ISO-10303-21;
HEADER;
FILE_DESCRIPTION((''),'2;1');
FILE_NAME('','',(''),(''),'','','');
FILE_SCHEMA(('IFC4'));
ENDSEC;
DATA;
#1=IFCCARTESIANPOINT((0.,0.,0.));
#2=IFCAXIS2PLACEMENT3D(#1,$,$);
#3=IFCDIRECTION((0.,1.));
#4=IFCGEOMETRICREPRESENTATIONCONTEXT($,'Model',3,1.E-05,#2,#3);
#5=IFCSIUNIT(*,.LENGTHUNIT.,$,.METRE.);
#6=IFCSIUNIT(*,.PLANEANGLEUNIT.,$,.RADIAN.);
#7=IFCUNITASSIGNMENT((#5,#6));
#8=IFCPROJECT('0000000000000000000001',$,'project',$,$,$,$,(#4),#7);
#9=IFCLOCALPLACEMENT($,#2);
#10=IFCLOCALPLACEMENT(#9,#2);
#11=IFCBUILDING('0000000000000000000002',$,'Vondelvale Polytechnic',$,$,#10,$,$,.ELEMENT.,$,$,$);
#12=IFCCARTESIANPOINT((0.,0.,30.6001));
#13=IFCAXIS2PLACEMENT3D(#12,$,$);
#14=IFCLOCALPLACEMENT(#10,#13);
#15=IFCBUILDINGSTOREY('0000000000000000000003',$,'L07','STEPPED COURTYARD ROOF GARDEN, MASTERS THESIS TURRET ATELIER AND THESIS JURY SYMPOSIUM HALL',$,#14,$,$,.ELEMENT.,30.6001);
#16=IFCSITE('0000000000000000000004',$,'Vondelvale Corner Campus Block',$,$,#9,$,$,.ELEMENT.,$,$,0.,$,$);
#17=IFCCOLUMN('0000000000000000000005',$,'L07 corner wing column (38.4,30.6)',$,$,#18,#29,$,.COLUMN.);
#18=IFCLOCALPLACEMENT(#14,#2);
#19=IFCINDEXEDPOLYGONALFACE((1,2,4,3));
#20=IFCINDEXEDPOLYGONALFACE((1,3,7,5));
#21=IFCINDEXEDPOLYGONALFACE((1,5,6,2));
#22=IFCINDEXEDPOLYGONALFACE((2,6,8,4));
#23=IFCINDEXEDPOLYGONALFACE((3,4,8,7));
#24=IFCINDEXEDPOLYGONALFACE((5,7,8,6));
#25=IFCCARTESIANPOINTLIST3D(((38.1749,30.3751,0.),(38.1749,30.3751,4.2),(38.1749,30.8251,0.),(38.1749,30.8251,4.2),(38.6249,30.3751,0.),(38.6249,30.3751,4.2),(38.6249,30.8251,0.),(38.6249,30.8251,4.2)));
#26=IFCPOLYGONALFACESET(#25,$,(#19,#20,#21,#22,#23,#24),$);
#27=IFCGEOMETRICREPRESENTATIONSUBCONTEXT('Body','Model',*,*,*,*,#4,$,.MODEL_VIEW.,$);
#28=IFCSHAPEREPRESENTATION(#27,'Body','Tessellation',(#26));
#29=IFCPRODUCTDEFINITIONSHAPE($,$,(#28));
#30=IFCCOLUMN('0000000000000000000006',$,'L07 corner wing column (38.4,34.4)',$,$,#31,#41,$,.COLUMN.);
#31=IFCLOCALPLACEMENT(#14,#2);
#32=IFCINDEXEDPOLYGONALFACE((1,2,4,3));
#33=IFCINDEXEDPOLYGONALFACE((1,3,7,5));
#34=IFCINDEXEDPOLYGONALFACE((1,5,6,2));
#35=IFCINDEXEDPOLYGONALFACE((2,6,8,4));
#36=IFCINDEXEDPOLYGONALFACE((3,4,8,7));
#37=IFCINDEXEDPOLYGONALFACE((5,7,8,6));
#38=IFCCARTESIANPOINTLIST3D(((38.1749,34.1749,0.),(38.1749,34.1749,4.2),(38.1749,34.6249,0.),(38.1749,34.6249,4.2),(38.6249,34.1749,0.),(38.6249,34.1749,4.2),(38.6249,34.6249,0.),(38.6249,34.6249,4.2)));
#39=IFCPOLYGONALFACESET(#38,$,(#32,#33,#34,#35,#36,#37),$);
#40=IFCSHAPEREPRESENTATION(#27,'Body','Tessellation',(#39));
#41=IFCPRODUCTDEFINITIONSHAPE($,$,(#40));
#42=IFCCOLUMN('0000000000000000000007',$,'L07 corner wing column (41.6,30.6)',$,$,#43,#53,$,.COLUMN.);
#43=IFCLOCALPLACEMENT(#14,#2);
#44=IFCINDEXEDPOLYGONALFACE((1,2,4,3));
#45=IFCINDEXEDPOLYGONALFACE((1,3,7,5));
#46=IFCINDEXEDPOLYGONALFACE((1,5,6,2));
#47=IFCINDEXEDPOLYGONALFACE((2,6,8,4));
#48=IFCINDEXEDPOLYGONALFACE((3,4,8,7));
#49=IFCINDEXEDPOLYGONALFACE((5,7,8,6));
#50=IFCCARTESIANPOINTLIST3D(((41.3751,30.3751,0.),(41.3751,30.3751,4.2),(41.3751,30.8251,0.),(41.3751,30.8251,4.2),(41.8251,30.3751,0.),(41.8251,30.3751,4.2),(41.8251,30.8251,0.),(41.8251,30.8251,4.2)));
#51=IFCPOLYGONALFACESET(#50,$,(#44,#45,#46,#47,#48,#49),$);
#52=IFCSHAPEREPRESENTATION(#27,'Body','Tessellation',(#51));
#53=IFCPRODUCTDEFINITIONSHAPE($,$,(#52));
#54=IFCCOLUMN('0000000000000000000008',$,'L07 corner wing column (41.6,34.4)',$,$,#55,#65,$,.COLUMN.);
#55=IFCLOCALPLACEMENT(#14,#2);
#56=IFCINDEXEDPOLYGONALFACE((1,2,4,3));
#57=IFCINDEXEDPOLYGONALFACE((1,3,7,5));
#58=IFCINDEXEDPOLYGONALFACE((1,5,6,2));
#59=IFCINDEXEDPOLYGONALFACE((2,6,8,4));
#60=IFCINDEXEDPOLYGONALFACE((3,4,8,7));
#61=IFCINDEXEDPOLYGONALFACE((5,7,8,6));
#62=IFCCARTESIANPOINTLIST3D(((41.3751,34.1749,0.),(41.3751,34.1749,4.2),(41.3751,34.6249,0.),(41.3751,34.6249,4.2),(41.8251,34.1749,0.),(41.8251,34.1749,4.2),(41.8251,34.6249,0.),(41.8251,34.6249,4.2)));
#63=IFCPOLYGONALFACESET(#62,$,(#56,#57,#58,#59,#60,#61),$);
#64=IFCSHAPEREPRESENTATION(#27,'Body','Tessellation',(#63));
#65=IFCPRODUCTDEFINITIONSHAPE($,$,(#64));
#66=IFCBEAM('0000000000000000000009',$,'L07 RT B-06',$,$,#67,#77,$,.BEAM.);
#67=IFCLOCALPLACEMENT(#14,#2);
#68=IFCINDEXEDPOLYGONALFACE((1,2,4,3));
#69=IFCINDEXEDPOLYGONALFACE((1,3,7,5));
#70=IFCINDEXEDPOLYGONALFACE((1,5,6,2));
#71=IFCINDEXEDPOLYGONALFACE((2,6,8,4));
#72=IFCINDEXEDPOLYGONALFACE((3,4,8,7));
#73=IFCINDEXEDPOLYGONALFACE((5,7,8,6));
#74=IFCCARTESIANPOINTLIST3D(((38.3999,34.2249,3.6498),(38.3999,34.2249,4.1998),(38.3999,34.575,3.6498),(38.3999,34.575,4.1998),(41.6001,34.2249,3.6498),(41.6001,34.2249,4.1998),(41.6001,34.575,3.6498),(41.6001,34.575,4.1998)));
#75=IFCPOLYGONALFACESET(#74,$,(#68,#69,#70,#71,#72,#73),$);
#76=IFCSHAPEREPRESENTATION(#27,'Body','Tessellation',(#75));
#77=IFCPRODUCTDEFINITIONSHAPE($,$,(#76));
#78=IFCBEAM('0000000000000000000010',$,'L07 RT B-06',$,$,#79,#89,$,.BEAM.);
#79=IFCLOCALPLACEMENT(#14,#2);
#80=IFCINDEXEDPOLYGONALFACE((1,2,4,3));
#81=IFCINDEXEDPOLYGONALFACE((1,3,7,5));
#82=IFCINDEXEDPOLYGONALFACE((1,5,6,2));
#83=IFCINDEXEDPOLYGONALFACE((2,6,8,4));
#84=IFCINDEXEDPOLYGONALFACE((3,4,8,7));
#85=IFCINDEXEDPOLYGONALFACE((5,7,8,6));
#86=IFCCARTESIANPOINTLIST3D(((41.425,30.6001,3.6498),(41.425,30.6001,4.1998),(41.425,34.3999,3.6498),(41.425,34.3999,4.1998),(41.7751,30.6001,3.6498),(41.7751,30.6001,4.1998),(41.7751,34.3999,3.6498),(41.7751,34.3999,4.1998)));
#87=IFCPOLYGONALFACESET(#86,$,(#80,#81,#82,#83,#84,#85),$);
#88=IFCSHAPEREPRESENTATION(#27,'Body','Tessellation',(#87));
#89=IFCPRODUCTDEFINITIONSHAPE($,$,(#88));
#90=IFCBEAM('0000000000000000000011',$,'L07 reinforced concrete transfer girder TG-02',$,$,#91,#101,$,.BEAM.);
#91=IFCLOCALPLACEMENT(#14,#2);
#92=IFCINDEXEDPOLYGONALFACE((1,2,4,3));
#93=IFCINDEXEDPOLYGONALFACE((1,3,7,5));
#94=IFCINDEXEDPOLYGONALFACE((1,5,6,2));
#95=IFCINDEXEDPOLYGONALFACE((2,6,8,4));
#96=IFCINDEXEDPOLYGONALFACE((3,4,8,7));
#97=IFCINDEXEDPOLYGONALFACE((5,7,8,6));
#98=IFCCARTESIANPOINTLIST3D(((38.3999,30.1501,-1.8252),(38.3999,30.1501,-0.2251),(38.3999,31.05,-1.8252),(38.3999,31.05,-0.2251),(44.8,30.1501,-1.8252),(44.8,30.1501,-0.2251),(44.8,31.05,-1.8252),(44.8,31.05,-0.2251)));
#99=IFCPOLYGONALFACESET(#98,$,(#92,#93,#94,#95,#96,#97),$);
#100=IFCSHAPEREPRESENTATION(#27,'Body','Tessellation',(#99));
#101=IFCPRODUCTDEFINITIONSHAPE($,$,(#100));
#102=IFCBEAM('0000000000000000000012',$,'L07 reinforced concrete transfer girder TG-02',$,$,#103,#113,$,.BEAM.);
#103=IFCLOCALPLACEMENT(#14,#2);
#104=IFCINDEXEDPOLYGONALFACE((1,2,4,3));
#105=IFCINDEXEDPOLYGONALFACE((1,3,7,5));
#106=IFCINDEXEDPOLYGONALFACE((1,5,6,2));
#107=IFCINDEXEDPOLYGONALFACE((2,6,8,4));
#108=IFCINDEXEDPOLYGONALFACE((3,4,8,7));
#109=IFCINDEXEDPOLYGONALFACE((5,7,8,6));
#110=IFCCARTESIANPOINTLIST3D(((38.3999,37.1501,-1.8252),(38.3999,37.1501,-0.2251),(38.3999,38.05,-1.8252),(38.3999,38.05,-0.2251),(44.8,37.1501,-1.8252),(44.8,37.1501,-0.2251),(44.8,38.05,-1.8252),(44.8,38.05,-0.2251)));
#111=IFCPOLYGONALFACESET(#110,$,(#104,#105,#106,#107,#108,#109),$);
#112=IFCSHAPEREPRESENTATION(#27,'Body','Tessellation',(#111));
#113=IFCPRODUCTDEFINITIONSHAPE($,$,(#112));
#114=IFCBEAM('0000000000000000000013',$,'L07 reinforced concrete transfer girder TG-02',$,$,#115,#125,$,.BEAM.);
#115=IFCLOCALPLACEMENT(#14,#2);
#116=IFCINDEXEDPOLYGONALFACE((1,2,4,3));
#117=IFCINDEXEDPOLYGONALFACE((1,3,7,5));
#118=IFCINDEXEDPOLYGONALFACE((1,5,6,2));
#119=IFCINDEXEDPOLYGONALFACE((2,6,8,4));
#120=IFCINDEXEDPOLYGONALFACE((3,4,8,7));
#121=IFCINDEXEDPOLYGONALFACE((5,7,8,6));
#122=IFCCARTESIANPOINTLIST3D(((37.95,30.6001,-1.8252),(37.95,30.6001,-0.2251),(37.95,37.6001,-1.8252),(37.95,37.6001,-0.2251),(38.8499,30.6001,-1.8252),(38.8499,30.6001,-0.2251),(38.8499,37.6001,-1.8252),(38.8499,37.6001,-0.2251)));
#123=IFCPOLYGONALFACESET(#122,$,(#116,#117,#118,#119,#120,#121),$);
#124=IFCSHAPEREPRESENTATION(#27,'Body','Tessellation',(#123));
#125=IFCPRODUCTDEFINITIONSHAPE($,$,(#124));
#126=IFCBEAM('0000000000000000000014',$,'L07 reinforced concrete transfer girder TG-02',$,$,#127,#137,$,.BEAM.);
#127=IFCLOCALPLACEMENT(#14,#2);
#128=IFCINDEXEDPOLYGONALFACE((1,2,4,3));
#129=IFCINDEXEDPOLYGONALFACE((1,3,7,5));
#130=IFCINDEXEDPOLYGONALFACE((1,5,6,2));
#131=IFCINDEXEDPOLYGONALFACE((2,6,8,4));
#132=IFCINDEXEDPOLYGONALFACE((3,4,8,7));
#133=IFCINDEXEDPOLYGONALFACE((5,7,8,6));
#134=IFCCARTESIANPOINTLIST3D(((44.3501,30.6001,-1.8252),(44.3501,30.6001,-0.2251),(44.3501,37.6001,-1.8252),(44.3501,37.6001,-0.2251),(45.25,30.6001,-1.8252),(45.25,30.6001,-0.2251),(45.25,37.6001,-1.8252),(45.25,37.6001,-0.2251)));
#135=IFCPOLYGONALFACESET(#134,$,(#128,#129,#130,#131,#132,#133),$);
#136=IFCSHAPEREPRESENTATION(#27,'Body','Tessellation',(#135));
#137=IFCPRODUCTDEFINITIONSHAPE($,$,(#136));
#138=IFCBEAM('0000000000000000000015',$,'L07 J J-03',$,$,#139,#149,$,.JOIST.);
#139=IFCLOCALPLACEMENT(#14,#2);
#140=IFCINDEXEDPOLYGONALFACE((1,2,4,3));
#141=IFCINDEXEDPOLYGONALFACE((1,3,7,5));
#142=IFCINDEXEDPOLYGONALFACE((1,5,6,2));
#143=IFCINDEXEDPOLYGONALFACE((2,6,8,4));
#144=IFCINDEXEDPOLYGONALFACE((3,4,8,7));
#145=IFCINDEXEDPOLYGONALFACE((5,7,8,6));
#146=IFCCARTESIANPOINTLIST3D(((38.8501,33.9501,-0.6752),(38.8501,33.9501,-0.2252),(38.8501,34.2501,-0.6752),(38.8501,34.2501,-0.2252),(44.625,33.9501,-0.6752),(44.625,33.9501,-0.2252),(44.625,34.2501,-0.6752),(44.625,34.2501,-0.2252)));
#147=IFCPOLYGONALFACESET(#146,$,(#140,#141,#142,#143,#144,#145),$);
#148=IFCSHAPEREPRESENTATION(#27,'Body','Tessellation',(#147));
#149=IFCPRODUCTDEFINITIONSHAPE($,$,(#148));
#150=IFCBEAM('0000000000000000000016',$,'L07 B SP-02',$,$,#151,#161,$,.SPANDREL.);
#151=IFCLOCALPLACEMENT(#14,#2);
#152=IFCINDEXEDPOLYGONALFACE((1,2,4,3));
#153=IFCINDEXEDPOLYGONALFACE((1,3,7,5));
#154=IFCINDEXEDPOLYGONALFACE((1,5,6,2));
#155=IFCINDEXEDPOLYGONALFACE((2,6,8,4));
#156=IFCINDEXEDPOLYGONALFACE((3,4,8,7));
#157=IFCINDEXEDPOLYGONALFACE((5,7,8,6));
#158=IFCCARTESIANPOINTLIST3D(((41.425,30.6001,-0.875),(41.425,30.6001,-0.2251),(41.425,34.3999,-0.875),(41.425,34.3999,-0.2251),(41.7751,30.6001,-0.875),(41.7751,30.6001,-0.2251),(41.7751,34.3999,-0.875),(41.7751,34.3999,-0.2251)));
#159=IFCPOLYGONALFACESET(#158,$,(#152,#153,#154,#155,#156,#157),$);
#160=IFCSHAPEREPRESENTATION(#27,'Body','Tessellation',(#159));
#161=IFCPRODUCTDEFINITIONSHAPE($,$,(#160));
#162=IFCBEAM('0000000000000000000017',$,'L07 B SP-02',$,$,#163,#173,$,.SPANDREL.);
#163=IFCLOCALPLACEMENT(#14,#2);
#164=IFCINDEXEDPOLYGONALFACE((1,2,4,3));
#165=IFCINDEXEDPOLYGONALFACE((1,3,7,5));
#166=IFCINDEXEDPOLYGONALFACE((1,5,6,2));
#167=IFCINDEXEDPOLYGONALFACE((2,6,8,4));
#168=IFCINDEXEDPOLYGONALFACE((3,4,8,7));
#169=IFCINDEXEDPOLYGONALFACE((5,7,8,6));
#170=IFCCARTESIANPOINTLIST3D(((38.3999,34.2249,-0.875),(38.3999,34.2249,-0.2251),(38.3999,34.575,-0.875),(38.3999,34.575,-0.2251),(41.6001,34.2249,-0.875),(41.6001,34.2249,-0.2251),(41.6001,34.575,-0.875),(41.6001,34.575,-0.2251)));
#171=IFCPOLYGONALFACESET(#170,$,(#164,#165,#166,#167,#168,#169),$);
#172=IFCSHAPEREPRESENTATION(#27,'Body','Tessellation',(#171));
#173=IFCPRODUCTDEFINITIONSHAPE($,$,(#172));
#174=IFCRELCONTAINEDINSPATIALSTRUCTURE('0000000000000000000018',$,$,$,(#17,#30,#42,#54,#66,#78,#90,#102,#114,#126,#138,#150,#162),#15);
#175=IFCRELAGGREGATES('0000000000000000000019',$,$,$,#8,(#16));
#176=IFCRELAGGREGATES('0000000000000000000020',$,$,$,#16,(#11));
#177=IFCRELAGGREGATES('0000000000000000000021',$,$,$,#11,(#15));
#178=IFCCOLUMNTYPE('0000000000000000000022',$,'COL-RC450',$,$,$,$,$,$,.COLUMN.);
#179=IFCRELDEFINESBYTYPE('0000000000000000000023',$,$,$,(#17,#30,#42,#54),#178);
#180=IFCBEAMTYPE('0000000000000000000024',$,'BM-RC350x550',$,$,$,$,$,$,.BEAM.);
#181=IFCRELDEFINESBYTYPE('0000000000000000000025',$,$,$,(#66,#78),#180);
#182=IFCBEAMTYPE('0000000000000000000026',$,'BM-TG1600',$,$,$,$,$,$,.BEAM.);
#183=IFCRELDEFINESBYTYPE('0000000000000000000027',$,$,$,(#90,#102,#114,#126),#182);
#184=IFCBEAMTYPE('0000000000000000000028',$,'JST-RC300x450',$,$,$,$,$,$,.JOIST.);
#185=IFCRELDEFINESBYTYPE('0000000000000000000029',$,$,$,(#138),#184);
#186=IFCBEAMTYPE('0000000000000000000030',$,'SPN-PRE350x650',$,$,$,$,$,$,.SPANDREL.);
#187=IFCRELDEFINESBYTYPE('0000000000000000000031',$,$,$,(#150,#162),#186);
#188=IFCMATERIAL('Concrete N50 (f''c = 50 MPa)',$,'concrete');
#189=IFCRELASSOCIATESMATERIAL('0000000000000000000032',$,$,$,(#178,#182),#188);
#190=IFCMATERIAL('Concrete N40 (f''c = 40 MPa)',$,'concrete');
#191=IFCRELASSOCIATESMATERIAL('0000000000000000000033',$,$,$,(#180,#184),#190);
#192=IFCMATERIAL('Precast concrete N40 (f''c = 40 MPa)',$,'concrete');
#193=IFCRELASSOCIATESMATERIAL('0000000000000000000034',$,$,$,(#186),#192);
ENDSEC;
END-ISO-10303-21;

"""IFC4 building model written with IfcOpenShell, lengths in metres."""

from ifc_helpers import new_model, si_unit, direction, frame, origin, origin_2d, place, context, subcontext, project, spatial, rectangle, extrude, material, material_profile, profile_set, type_object, element, save


model = new_model("IFC4")

# Units and contexts
model_context = context("Model", 3, precision=1e-05, world=origin(), true_north=direction((0.0, 1.0)))
body_context = subcontext(model_context, "Body", "Model", "MODEL_VIEW")
ifc_project = project(units=[si_unit("LENGTHUNIT", "METRE"), si_unit("PLANEANGLEUNIT", "RADIAN")], contexts=[model_context])

# Site, building, storey
site_placement = place(None, origin())
site = spatial("IfcSite", under=ifc_project, at=site_placement, Name="Vondelvale Corner Campus Block", CompositionType="ELEMENT", RefElevation=0.0)
building_placement = place(site_placement, origin())
building = spatial("IfcBuilding", under=site, at=building_placement, Name="Vondelvale Polytechnic", CompositionType="ELEMENT")
storey_placement = place(building_placement, frame((0.0, 0.0, 30.6001)))
storey = spatial("IfcBuildingStorey", under=building, at=storey_placement, Name="L07", Description="STEPPED COURTYARD ROOF GARDEN, MASTERS THESIS TURRET ATELIER AND THESIS JURY SYMPOSIUM HALL", CompositionType="ELEMENT", Elevation=30.6001)

# Columns
ifc_material_1 = material(Name="Concrete N50 (f'c = 50 MPa)", Category="concrete")
ifc_material_profile_1 = material_profile(ifc_material_1, rectangle(XDim=0.45, YDim=0.45, at=origin_2d()), Name="RC-COL-450x450")
ifc_profile_set_1 = profile_set([ifc_material_profile_1], Name="Concrete N50 (f'c = 50 MPa)")
column_type = type_object("IfcColumnType", Name="COL-RC450", PredefinedType="COLUMN", material=ifc_profile_set_1)
for number, where, z_axis, x_axis, name in (
    (1, (38.3999, 30.6001, 0.0), (0.0, 0.0, 1.0), (1.0, 0.0, 0.0), "L07 corner wing column (38.4,30.6)"),
    (2, (38.3999, 34.3999, 0.0), (0.0, 0.0, 1.0), (1.0, 0.0, 0.0), "L07 corner wing column (38.4,34.4)"),
    (3, (41.6001, 30.6001, 0.0), (0.0, 0.0, 1.0), (1.0, 0.0, 0.0), "L07 corner wing column (41.6,30.6)"),
    (4, (41.6001, 34.3999, 0.0), (0.0, 0.0, 1.0), (1.0, 0.0, 0.0), "L07 corner wing column (41.6,34.4)"),
):
    element("IfcColumn", number, at=place(storey_placement, frame(where, z_axis=z_axis, x_axis=x_axis)), inside=storey, type_object=column_type, Name=name, PredefinedType="COLUMN", context=body_context, shape_type="SweptSolid", body=[
        extrude(rectangle(XDim=0.45, YDim=0.45, at=origin_2d()), origin(), (0.0, 0.0, 1.0), 4.2),
    ])

# Beams
ifc_material_2 = material(Name="Concrete N40 (f'c = 40 MPa)", Category="concrete")
ifc_material_profile_2 = material_profile(ifc_material_2, rectangle(XDim=0.3501, YDim=0.55, at=origin_2d()), Name="RC-BM-350x550")
ifc_profile_set_2 = profile_set([ifc_material_profile_2], Name="Concrete N40 (f'c = 40 MPa)")
beam_type_1 = type_object("IfcBeamType", Name="BM-RC350x550", PredefinedType="BEAM", material=ifc_profile_set_2)
beam_1_placement = place(storey_placement, frame((38.3999, 34.3999, 3.9248), z_axis=(1.0, 0.0, 0.0), x_axis=(0.0, 1.0, 0.0)))
element("IfcBeam", 5, at=beam_1_placement, inside=storey, type_object=beam_type_1, Name="L07 RT B-06", PredefinedType="BEAM", context=body_context, shape_type="SweptSolid", body=[
    extrude(rectangle(XDim=0.3501, YDim=0.55, at=origin_2d()), origin(), (0.0, 0.0, 1.0), 3.2002),
])
beam_2_placement = place(storey_placement, frame((41.6001, 30.6001, 3.9248), z_axis=(0.0, 1.0, 0.0), x_axis=(-1.0, 0.0, 0.0)))
element("IfcBeam", 6, at=beam_2_placement, inside=storey, type_object=beam_type_1, Name="L07 RT B-06", PredefinedType="BEAM", context=body_context, shape_type="SweptSolid", body=[
    extrude(rectangle(XDim=0.3501, YDim=0.55, at=origin_2d()), origin(), (0.0, 0.0, 1.0), 3.7998),
])
ifc_material_profile_3 = material_profile(ifc_material_1, rectangle(XDim=0.8999, YDim=1.6001, at=origin_2d()), Name="RC-TG-900x1600")
ifc_profile_set_3 = profile_set([ifc_material_profile_3], Name="Concrete N50 (f'c = 50 MPa)")
beam_type_2 = type_object("IfcBeamType", Name="BM-TG1600", PredefinedType="BEAM", material=ifc_profile_set_3)
for number, where, z_axis, x_axis, name in (
    (7, (38.3999, 30.6001, -1.0251), (1.0, 0.0, 0.0), (0.0, 1.0, 0.0), "L07 reinforced concrete transfer girder TG-02"),
    (8, (38.3999, 37.6001, -1.0251), (1.0, 0.0, 0.0), (0.0, 1.0, 0.0), "L07 reinforced concrete transfer girder TG-02"),
):
    element("IfcBeam", number, at=place(storey_placement, frame(where, z_axis=z_axis, x_axis=x_axis)), inside=storey, type_object=beam_type_2, Name=name, PredefinedType="BEAM", context=body_context, shape_type="SweptSolid", body=[
        extrude(rectangle(XDim=0.8999, YDim=1.6001, at=origin_2d()), origin(), (0.0, 0.0, 1.0), 6.4001),
    ])
for number, where, z_axis, x_axis, name in (
    (9, (38.3999, 30.6001, -1.0251), (0.0, 1.0, 0.0), (-1.0, 0.0, 0.0), "L07 reinforced concrete transfer girder TG-02"),
    (10, (44.8, 30.6001, -1.0251), (0.0, 1.0, 0.0), (-1.0, 0.0, 0.0), "L07 reinforced concrete transfer girder TG-02"),
):
    element("IfcBeam", number, at=place(storey_placement, frame(where, z_axis=z_axis, x_axis=x_axis)), inside=storey, type_object=beam_type_2, Name=name, PredefinedType="BEAM", context=body_context, shape_type="SweptSolid", body=[
        extrude(rectangle(XDim=0.8999, YDim=1.6001, at=origin_2d()), origin(), (0.0, 0.0, 1.0), 7.0),
    ])
ifc_material_profile_4 = material_profile(ifc_material_2, rectangle(XDim=0.3, YDim=0.45, at=origin_2d()), Name="RC-JST-300x450")
ifc_profile_set_4 = profile_set([ifc_material_profile_4], Name="Concrete N40 (f'c = 40 MPa)")
beam_type_3 = type_object("IfcBeamType", Name="JST-RC300x450", PredefinedType="JOIST", material=ifc_profile_set_4)
beam_3_placement = place(storey_placement, frame((38.8501, 34.1001, -0.4502), z_axis=(1.0, 0.0, 0.0), x_axis=(0.0, 1.0, 0.0)))
element("IfcBeam", 11, at=beam_3_placement, inside=storey, type_object=beam_type_3, Name="L07 J J-03", PredefinedType="JOIST", context=body_context, shape_type="SweptSolid", body=[
    extrude(rectangle(XDim=0.3, YDim=0.45, at=origin_2d()), origin(), (0.0, 0.0, 1.0), 5.7749),
])
ifc_material_3 = material(Name="Precast concrete N40 (f'c = 40 MPa)", Category="concrete")
ifc_material_profile_5 = material_profile(ifc_material_3, rectangle(XDim=0.3501, YDim=0.6499, at=origin_2d()), Name="RC-SPN-350x650")
ifc_profile_set_5 = profile_set([ifc_material_profile_5], Name="Precast concrete N40 (f'c = 40 MPa)")
beam_type_4 = type_object("IfcBeamType", Name="SPN-PRE350x650", PredefinedType="SPANDREL", material=ifc_profile_set_5)
beam_4_placement = place(storey_placement, frame((41.6001, 30.6001, -0.55), z_axis=(0.0, 1.0, 0.0), x_axis=(-1.0, 0.0, 0.0)))
element("IfcBeam", 12, at=beam_4_placement, inside=storey, type_object=beam_type_4, Name="L07 B SP-02", PredefinedType="SPANDREL", context=body_context, shape_type="SweptSolid", body=[
    extrude(rectangle(XDim=0.3501, YDim=0.6499, at=origin_2d()), origin(), (0.0, 0.0, 1.0), 3.7998),
])
beam_5_placement = place(storey_placement, frame((38.3999, 34.3999, -0.55), z_axis=(1.0, 0.0, 0.0), x_axis=(0.0, 1.0, 0.0)))
element("IfcBeam", 13, at=beam_5_placement, inside=storey, type_object=beam_type_4, Name="L07 B SP-02", PredefinedType="SPANDREL", context=body_context, shape_type="SweptSolid", body=[
    extrude(rectangle(XDim=0.3501, YDim=0.6499, at=origin_2d()), origin(), (0.0, 0.0, 1.0), 3.2002),
])

save(model, "model.ifc")
